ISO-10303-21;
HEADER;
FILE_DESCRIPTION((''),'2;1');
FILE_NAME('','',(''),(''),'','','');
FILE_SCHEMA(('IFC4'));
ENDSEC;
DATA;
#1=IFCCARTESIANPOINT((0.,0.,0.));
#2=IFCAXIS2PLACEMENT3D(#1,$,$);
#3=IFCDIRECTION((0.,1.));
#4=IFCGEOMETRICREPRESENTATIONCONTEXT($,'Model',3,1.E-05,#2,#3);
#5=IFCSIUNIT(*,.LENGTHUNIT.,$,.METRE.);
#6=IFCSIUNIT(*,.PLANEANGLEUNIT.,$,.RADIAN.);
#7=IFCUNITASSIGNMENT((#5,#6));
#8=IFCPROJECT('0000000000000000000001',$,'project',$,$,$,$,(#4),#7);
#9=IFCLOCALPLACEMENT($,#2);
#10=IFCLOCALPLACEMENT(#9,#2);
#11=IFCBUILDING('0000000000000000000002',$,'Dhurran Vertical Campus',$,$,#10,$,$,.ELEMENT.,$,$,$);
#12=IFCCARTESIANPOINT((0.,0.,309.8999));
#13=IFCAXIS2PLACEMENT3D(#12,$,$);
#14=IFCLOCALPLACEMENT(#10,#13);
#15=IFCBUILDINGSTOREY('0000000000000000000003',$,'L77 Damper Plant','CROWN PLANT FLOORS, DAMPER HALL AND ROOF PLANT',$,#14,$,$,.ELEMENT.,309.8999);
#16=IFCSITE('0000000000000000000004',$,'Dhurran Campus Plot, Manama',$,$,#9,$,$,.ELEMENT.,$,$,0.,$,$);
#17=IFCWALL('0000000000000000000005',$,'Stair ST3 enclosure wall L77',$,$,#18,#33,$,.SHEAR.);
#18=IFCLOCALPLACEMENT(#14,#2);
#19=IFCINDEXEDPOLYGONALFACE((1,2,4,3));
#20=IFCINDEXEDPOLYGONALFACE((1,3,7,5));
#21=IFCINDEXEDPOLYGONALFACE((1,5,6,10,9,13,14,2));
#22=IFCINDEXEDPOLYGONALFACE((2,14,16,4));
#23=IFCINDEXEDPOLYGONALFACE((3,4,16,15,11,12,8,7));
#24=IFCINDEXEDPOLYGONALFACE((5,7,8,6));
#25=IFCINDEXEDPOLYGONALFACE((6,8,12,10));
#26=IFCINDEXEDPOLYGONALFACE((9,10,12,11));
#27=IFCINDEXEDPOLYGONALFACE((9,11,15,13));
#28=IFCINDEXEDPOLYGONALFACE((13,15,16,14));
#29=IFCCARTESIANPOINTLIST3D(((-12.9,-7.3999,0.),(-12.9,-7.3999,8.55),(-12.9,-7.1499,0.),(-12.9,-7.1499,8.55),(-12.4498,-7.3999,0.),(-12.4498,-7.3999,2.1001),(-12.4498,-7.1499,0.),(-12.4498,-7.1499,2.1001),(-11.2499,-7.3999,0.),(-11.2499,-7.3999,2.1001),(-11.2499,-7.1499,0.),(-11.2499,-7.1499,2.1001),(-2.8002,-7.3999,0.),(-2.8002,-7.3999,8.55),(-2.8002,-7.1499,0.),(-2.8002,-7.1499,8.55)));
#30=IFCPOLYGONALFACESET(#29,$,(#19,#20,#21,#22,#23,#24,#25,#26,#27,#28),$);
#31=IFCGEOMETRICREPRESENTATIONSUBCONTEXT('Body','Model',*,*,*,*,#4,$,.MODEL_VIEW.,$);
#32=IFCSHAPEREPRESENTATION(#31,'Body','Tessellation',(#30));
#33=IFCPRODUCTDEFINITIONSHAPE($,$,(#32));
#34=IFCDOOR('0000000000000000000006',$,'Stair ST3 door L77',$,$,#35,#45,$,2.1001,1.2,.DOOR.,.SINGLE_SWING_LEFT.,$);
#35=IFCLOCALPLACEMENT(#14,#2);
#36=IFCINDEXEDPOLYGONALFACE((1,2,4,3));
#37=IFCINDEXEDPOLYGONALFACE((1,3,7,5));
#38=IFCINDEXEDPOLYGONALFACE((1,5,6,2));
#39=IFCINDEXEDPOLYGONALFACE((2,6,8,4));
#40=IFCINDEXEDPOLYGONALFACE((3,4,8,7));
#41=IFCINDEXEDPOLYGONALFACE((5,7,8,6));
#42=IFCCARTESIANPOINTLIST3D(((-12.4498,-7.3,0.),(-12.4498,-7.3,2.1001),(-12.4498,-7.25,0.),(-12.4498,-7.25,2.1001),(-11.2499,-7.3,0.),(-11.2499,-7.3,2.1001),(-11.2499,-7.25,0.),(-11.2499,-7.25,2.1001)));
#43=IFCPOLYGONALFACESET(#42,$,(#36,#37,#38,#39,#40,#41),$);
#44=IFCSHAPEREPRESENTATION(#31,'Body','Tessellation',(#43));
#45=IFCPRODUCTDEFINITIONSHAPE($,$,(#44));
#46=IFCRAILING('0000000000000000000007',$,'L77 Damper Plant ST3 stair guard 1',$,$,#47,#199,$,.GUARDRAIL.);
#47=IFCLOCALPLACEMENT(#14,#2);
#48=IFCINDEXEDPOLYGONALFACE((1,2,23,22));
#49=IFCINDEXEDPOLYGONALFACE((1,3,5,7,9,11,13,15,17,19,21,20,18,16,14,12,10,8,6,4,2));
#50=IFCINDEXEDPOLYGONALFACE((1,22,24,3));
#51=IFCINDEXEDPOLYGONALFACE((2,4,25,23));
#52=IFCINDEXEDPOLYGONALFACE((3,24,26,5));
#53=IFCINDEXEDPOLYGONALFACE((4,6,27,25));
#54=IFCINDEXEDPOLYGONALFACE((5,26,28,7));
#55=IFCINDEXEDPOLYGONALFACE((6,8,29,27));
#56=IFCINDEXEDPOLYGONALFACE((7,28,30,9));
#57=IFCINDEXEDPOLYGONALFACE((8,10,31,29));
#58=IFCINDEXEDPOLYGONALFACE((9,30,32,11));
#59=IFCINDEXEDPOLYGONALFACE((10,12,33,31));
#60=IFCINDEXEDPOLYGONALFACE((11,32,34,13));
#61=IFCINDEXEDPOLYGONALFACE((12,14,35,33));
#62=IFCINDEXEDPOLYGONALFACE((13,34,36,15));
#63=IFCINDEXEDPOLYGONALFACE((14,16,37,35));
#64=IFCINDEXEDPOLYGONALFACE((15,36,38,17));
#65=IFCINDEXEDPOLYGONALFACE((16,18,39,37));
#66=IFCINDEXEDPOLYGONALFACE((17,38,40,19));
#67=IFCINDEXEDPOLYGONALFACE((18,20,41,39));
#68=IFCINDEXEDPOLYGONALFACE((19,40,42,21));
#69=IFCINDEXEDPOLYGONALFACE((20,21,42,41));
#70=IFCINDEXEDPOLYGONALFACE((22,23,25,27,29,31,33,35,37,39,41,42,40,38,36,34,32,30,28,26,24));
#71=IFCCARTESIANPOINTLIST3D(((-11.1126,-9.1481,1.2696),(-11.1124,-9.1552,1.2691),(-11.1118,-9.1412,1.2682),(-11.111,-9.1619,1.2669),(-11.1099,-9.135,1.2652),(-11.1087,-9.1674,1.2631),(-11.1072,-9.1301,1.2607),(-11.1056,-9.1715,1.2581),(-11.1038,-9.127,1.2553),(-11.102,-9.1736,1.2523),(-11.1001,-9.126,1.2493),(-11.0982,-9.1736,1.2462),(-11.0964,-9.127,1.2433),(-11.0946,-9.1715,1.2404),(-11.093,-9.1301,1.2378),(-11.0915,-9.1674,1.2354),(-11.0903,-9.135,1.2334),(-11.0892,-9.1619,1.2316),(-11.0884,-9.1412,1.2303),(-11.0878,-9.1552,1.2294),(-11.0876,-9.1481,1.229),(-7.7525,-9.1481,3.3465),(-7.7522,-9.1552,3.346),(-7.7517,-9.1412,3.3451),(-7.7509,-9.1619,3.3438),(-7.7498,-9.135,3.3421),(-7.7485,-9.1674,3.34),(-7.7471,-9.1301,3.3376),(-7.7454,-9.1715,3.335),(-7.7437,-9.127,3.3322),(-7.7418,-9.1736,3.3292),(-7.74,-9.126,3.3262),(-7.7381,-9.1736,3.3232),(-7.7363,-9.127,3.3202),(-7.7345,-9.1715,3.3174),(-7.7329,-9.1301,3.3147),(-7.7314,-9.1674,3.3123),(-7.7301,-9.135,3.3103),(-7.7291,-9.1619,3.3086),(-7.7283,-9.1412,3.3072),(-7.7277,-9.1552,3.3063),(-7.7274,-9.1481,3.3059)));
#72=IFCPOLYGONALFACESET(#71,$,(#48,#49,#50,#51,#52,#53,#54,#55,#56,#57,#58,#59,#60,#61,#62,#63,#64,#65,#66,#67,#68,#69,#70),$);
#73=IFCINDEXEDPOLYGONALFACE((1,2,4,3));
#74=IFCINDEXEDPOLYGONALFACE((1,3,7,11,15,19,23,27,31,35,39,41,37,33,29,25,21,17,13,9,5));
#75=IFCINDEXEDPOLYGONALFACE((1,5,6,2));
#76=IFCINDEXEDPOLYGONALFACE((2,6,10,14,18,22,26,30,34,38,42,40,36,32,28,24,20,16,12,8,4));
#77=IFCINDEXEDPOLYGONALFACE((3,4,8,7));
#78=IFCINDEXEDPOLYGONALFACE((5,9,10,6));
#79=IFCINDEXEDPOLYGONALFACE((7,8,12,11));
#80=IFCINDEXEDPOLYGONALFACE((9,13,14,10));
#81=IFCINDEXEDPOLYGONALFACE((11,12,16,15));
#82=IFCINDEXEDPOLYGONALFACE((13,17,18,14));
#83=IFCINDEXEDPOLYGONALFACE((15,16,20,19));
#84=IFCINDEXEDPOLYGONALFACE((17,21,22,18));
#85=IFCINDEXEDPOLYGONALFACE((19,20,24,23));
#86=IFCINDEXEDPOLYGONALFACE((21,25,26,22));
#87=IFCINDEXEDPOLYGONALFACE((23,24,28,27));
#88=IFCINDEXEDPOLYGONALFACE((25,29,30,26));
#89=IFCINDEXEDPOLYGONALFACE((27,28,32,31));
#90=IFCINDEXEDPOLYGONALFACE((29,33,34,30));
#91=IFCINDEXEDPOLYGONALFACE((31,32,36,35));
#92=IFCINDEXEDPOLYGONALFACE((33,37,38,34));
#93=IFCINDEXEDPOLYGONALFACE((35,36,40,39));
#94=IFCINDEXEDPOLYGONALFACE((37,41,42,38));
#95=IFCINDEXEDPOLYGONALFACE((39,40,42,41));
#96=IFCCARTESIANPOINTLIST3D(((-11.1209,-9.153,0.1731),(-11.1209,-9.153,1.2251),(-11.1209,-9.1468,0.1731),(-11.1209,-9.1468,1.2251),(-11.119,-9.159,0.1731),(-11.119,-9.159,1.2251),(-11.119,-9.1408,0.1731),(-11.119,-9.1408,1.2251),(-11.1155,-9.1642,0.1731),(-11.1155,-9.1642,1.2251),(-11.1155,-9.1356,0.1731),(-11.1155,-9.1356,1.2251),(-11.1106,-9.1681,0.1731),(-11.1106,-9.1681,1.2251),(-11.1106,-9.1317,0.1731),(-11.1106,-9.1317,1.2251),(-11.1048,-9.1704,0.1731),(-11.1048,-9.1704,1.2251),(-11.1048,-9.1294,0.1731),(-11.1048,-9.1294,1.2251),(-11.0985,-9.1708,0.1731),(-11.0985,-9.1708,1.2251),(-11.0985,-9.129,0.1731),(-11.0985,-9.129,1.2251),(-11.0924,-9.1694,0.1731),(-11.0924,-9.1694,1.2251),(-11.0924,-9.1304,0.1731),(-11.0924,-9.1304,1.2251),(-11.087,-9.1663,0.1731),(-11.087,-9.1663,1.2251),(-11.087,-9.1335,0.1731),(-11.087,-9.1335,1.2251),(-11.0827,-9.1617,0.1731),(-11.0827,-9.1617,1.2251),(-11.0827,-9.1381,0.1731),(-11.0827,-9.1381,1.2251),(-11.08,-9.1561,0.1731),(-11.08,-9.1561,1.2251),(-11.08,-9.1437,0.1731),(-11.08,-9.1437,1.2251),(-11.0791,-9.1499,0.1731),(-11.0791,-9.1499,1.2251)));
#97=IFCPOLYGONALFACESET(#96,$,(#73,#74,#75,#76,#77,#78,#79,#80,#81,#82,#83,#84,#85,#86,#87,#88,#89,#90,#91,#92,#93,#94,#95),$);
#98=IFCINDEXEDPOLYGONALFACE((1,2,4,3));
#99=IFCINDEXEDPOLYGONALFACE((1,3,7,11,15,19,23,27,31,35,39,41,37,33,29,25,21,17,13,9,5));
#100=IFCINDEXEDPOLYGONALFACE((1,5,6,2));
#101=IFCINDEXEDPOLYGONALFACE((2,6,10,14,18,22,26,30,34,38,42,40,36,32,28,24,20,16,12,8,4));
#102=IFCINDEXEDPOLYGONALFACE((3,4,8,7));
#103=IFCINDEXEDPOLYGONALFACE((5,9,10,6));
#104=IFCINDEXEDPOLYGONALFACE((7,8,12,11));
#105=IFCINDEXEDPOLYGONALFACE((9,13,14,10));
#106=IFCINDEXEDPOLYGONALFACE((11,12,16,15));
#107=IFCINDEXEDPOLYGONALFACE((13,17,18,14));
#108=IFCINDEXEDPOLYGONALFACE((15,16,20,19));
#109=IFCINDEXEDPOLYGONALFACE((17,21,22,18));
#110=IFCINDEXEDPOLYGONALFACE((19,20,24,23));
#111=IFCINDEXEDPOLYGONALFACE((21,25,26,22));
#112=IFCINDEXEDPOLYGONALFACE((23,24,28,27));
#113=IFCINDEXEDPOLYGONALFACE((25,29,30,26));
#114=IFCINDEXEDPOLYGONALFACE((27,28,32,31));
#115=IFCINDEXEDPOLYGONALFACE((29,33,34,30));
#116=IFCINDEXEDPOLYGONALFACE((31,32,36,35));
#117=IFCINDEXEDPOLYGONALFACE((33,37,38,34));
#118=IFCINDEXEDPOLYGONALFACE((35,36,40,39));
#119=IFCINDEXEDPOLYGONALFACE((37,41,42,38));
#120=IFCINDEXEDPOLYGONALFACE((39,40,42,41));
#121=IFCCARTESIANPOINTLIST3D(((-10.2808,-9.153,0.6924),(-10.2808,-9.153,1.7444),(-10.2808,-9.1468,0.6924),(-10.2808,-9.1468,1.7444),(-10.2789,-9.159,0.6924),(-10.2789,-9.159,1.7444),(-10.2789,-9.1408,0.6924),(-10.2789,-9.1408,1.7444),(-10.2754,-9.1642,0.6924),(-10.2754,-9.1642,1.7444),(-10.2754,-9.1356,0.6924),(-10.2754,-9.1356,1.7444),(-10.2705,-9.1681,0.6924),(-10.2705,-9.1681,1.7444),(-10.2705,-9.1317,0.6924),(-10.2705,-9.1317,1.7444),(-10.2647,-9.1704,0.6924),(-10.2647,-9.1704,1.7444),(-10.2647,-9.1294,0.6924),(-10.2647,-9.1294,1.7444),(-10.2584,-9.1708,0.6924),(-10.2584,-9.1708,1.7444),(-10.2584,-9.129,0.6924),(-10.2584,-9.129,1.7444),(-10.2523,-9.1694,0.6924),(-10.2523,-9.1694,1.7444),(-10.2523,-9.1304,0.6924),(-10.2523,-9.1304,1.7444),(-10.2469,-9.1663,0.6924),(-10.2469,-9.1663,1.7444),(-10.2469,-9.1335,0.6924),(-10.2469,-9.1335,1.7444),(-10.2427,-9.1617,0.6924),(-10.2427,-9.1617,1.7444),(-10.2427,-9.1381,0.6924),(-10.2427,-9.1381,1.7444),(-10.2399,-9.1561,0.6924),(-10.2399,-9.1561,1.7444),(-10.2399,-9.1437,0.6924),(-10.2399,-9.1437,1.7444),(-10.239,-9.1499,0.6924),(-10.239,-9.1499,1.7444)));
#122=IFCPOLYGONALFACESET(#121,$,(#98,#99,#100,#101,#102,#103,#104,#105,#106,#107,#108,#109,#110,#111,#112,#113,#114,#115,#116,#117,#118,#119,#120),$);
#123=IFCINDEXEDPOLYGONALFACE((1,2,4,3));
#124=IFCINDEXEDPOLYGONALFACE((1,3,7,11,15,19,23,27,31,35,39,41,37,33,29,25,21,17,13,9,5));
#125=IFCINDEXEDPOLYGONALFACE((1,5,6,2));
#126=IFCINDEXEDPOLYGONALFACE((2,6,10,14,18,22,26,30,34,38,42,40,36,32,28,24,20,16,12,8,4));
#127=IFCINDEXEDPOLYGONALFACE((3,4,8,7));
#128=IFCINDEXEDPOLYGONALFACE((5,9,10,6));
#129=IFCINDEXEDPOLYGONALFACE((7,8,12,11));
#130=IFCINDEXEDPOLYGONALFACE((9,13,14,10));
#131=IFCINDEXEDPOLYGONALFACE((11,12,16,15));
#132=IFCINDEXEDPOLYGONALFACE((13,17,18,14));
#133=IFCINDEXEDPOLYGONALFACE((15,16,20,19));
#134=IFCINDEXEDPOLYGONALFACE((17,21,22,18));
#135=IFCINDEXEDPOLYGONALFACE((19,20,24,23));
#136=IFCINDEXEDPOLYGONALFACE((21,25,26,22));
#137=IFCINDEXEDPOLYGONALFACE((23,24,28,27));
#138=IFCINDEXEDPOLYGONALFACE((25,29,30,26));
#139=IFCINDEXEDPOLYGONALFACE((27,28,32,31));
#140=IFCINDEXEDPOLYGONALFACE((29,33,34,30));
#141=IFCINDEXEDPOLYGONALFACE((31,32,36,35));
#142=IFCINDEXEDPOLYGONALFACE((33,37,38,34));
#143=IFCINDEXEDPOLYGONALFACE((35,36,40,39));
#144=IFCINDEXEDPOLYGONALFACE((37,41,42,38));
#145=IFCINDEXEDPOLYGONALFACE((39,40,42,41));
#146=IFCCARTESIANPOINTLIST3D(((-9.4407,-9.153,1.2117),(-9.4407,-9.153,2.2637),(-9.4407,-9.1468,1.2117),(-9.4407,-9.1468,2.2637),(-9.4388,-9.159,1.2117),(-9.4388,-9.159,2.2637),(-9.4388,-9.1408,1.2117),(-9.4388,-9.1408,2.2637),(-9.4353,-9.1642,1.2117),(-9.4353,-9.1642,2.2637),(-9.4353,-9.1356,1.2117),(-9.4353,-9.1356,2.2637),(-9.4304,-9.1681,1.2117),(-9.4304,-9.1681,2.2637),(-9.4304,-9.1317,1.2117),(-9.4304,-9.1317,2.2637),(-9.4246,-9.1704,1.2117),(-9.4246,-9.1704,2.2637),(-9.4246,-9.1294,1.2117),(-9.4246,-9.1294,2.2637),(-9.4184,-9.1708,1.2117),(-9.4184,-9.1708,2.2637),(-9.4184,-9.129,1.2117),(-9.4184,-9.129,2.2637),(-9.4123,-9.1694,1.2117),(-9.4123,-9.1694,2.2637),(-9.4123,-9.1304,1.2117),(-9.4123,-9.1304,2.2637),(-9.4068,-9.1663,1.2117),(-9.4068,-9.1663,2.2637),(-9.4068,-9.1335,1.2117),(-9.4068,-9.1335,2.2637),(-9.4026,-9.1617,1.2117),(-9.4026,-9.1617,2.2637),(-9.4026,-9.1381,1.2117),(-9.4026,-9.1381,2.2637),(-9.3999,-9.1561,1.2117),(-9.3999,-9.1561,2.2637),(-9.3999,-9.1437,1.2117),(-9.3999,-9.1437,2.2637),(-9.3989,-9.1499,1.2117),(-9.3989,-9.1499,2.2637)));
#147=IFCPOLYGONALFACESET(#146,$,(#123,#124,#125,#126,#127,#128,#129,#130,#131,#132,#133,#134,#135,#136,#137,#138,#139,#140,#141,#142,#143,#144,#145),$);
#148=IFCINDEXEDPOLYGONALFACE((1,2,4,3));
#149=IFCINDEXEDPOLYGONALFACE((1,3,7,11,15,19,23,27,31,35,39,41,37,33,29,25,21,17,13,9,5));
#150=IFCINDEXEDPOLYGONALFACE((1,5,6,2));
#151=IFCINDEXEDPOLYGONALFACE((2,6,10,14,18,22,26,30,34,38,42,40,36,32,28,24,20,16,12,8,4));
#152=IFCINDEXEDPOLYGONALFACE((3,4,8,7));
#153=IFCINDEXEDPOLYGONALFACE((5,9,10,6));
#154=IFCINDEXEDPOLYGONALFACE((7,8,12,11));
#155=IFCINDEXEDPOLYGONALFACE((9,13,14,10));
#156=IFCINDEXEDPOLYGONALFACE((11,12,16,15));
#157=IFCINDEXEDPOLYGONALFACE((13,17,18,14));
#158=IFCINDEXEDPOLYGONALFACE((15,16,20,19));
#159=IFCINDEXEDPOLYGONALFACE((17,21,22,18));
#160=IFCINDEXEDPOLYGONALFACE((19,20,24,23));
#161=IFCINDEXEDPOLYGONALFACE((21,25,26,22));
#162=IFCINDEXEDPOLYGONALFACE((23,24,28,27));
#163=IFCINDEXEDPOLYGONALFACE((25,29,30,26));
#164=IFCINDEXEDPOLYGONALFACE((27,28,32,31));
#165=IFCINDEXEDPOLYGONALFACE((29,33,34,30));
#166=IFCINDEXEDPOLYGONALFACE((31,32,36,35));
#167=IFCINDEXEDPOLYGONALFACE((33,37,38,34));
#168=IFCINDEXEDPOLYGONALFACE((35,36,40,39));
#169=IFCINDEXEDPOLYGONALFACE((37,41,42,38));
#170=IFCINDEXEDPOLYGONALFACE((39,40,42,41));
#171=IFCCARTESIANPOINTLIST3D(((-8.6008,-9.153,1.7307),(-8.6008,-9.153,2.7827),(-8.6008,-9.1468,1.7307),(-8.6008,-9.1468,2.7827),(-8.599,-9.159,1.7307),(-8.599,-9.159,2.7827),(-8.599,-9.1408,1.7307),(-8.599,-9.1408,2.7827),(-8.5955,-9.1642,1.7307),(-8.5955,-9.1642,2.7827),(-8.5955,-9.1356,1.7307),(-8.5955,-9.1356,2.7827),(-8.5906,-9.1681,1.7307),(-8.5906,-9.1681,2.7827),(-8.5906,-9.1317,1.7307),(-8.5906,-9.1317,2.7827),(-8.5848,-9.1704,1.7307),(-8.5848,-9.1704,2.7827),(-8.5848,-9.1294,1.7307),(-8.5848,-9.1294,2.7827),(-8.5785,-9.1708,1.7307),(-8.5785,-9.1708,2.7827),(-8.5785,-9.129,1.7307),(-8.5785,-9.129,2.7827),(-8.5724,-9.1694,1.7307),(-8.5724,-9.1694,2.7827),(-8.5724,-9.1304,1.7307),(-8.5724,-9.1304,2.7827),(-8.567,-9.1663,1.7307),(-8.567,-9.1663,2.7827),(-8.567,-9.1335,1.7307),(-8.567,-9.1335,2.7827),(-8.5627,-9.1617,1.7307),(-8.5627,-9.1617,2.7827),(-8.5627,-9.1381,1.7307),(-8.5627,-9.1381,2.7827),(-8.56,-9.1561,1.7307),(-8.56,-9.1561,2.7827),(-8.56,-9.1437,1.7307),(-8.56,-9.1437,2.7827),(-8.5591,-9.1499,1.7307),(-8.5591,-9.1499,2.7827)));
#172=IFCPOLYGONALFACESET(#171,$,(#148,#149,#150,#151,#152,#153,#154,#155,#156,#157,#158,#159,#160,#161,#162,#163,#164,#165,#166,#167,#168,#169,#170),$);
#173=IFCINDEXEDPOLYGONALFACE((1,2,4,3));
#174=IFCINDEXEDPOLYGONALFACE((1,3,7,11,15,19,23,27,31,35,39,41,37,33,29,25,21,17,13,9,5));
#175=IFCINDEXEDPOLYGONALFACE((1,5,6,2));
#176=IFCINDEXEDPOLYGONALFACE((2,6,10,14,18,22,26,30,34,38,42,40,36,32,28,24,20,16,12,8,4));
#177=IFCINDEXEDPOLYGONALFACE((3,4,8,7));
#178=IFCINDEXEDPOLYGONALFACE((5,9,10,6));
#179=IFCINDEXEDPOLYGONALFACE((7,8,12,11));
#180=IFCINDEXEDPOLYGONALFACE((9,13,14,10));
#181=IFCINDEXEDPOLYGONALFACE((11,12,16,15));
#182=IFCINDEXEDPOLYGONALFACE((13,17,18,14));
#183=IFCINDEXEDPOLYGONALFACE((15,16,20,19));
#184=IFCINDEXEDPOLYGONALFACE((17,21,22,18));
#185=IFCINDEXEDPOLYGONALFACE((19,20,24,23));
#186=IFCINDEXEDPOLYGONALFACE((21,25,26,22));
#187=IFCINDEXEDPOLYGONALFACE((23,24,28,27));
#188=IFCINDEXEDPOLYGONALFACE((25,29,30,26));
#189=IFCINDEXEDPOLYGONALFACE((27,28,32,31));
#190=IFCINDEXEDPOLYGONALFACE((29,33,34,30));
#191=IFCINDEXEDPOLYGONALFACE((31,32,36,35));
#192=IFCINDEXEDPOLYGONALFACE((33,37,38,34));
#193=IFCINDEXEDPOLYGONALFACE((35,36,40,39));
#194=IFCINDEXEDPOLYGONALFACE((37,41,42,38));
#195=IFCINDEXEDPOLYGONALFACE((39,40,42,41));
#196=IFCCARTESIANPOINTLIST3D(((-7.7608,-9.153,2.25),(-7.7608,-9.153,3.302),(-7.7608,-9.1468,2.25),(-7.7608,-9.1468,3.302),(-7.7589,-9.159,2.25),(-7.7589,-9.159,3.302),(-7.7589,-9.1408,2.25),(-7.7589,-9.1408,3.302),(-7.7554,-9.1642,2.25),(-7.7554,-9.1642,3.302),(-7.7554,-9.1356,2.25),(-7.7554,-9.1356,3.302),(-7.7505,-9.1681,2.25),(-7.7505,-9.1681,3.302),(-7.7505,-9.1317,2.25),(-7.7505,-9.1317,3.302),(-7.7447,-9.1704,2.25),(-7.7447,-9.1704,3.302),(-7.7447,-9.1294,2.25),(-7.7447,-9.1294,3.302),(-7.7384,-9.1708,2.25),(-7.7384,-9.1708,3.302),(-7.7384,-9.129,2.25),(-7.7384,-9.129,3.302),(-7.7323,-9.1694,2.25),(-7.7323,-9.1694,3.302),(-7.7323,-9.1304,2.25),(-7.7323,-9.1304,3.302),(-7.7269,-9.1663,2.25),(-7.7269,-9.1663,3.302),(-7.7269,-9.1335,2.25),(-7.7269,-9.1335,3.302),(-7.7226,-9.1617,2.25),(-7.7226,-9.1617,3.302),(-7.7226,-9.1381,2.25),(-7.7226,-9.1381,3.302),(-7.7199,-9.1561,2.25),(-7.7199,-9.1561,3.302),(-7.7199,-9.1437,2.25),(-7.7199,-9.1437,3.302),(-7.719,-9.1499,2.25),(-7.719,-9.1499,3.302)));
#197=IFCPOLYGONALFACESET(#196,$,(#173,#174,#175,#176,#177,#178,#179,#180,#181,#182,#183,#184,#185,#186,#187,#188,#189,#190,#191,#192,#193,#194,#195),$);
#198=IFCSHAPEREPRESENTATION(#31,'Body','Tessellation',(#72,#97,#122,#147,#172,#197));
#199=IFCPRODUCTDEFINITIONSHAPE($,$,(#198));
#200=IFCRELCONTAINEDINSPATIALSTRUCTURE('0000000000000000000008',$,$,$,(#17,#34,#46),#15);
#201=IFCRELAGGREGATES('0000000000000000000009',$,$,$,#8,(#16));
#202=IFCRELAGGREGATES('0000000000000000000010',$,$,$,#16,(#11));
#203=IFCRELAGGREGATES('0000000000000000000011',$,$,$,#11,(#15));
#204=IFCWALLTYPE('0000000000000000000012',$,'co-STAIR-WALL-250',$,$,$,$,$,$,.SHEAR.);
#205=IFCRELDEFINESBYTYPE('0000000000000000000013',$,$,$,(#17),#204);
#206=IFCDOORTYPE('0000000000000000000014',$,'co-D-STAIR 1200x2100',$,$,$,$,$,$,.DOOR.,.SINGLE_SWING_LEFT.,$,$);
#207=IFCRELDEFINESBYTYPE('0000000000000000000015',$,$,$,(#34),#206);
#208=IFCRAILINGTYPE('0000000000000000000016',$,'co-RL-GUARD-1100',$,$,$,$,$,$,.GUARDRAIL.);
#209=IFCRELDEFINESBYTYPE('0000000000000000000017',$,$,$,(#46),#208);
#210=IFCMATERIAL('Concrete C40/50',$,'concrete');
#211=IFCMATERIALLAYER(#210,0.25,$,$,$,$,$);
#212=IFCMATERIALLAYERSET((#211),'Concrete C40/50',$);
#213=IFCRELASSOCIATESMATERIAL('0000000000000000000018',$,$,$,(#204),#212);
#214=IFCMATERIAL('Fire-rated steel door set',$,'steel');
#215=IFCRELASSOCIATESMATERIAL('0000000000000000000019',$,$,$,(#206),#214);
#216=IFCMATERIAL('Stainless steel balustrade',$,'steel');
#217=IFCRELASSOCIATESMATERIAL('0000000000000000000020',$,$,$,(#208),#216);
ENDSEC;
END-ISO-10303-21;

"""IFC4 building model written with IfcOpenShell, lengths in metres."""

from ifc_helpers import new_model, si_unit, direction, frame, frame_2d, origin, origin_2d, place, context, subcontext, project, spatial, rectangle, circle, extrude, material, layer, layer_set, type_object, element, fill, save


model = new_model("IFC4")

# Units and contexts
model_context = context("Model", 3, precision=1e-05, world=origin(), true_north=direction((0.0, 1.0)))
body_context = subcontext(model_context, "Body", "Model", "MODEL_VIEW")
ifc_project = project(units=[si_unit("LENGTHUNIT", "METRE"), si_unit("PLANEANGLEUNIT", "RADIAN")], contexts=[model_context])

# Site, building, storey
site_placement = place(None, origin())
site = spatial("IfcSite", under=ifc_project, at=site_placement, Name="Dhurran Campus Plot, Manama", CompositionType="ELEMENT", RefElevation=0.0)
building_placement = place(site_placement, origin())
building = spatial("IfcBuilding", under=site, at=building_placement, Name="Dhurran Vertical Campus", CompositionType="ELEMENT")
storey_placement = place(building_placement, frame((0.0, 0.0, 309.8999)))
storey = spatial("IfcBuildingStorey", under=building, at=storey_placement, Name="L77 Damper Plant", Description="CROWN PLANT FLOORS, DAMPER HALL AND ROOF PLANT", CompositionType="ELEMENT", Elevation=309.8999)

# Wall, opening, door
ifc_material_1 = material(Name="Concrete C40/50", Category="concrete")
ifc_layer_1 = layer(ifc_material_1, 0.25)
ifc_layer_set_1 = layer_set([ifc_layer_1], Name="Concrete C40/50")
wall_type_1 = type_object("IfcWallType", Name="co-STAIR-WALL-250", PredefinedType="SHEAR", material=ifc_layer_set_1)
wall_1_placement = place(storey_placement, frame((-12.8999, -7.2749, 0.0), z_axis=(0.0, 0.0, 1.0), x_axis=(1.0, 0.0, 0.0)))
wall_1 = element("IfcWall", 1, at=wall_1_placement, inside=storey, type_object=wall_type_1, Name="Stair ST3 enclosure wall L77", PredefinedType="SHEAR", context=body_context, shape_type="SweptSolid", body=[
    extrude(rectangle(XDim=10.0999, YDim=0.25, at=frame_2d((5.0498, 0.0))), origin(), (0.0, 0.0, 1.0), 8.55),
])
opening_1_placement = place(wall_1_placement, frame((0.45, 0.0, 0.0)))
opening_1 = element("IfcOpeningElement", 2, at=opening_1_placement, cuts=wall_1, PredefinedType="OPENING", context=body_context, shape_type="SweptSolid", body=[
    extrude(rectangle(XDim=1.2, YDim=2.1001, at=frame_2d((0.6001, 1.05))), frame((0.0, 0.135, 0.0), z_axis=(0.0, -1.0, 0.0), x_axis=(1.0, 0.0, 0.0)), (0.0, 0.0, 1.0), 0.27),
])
ifc_material_2 = material(Name="Fire-rated steel door set", Category="steel")
door_type_1 = type_object("IfcDoorType", Name="co-D-STAIR 1200x2100", OperationType="SINGLE_SWING_LEFT", PredefinedType="DOOR", material=ifc_material_2)
door_1_placement = place(opening_1_placement, origin())
door_1 = element("IfcDoor", 3, at=door_1_placement, inside=storey, type_object=door_type_1, Name="Stair ST3 door L77", OperationType="SINGLE_SWING_LEFT", OverallHeight=2.1001, OverallWidth=1.2, PredefinedType="DOOR", context=body_context, shape_type="SweptSolid", body=[
    extrude(rectangle(XDim=1.2, YDim=2.1001, at=frame_2d((0.6001, 1.05))), frame((0.0, 0.0249, 0.0), z_axis=(0.0, -1.0, 0.0), x_axis=(1.0, 0.0, 0.0)), (0.0, 0.0, 1.0), 0.05),
])
fill(opening_1, door_1)

# Railing
ifc_material_3 = material(Name="Stainless steel balustrade", Category="steel")
railing_type = type_object("IfcRailingType", Name="co-RL-GUARD-1100", PredefinedType="GUARDRAIL", material=ifc_material_3)
railing_placement = place(storey_placement, frame((-11.1001, -9.1499, 0.1731)))
element("IfcRailing", 4, at=railing_placement, inside=storey, type_object=railing_type, Name="L77 Damper Plant ST3 stair guard 1", PredefinedType="GUARDRAIL", context=body_context, shape_type="SweptSolid", body=[
    extrude(circle(Radius=0.0239, at=origin_2d()), frame((0.0, 0.0, 1.0762), z_axis=(0.850623, 0.0, 0.525776), x_axis=(0.0, 1.0, 0.0)), (0.0, 0.0, 1.0), 3.9502),
    extrude(circle(Radius=0.021, at=origin_2d()), origin(), (0.0, 0.0, 1.0), 1.052),
    extrude(circle(Radius=0.021, at=origin_2d()), frame((0.8401, 0.0, 0.5193)), (0.0, 0.0, 1.0), 1.052),
    extrude(circle(Radius=0.021, at=origin_2d()), frame((1.6802, 0.0, 1.0386)), (0.0, 0.0, 1.0), 1.052),
    extrude(circle(Radius=0.021, at=origin_2d()), frame((2.52, 0.0, 1.5576)), (0.0, 0.0, 1.0), 1.052),
    extrude(circle(Radius=0.021, at=origin_2d()), frame((3.3601, 0.0, 2.0769)), (0.0, 0.0, 1.0), 1.052),
])

save(model, "model.ifc")
